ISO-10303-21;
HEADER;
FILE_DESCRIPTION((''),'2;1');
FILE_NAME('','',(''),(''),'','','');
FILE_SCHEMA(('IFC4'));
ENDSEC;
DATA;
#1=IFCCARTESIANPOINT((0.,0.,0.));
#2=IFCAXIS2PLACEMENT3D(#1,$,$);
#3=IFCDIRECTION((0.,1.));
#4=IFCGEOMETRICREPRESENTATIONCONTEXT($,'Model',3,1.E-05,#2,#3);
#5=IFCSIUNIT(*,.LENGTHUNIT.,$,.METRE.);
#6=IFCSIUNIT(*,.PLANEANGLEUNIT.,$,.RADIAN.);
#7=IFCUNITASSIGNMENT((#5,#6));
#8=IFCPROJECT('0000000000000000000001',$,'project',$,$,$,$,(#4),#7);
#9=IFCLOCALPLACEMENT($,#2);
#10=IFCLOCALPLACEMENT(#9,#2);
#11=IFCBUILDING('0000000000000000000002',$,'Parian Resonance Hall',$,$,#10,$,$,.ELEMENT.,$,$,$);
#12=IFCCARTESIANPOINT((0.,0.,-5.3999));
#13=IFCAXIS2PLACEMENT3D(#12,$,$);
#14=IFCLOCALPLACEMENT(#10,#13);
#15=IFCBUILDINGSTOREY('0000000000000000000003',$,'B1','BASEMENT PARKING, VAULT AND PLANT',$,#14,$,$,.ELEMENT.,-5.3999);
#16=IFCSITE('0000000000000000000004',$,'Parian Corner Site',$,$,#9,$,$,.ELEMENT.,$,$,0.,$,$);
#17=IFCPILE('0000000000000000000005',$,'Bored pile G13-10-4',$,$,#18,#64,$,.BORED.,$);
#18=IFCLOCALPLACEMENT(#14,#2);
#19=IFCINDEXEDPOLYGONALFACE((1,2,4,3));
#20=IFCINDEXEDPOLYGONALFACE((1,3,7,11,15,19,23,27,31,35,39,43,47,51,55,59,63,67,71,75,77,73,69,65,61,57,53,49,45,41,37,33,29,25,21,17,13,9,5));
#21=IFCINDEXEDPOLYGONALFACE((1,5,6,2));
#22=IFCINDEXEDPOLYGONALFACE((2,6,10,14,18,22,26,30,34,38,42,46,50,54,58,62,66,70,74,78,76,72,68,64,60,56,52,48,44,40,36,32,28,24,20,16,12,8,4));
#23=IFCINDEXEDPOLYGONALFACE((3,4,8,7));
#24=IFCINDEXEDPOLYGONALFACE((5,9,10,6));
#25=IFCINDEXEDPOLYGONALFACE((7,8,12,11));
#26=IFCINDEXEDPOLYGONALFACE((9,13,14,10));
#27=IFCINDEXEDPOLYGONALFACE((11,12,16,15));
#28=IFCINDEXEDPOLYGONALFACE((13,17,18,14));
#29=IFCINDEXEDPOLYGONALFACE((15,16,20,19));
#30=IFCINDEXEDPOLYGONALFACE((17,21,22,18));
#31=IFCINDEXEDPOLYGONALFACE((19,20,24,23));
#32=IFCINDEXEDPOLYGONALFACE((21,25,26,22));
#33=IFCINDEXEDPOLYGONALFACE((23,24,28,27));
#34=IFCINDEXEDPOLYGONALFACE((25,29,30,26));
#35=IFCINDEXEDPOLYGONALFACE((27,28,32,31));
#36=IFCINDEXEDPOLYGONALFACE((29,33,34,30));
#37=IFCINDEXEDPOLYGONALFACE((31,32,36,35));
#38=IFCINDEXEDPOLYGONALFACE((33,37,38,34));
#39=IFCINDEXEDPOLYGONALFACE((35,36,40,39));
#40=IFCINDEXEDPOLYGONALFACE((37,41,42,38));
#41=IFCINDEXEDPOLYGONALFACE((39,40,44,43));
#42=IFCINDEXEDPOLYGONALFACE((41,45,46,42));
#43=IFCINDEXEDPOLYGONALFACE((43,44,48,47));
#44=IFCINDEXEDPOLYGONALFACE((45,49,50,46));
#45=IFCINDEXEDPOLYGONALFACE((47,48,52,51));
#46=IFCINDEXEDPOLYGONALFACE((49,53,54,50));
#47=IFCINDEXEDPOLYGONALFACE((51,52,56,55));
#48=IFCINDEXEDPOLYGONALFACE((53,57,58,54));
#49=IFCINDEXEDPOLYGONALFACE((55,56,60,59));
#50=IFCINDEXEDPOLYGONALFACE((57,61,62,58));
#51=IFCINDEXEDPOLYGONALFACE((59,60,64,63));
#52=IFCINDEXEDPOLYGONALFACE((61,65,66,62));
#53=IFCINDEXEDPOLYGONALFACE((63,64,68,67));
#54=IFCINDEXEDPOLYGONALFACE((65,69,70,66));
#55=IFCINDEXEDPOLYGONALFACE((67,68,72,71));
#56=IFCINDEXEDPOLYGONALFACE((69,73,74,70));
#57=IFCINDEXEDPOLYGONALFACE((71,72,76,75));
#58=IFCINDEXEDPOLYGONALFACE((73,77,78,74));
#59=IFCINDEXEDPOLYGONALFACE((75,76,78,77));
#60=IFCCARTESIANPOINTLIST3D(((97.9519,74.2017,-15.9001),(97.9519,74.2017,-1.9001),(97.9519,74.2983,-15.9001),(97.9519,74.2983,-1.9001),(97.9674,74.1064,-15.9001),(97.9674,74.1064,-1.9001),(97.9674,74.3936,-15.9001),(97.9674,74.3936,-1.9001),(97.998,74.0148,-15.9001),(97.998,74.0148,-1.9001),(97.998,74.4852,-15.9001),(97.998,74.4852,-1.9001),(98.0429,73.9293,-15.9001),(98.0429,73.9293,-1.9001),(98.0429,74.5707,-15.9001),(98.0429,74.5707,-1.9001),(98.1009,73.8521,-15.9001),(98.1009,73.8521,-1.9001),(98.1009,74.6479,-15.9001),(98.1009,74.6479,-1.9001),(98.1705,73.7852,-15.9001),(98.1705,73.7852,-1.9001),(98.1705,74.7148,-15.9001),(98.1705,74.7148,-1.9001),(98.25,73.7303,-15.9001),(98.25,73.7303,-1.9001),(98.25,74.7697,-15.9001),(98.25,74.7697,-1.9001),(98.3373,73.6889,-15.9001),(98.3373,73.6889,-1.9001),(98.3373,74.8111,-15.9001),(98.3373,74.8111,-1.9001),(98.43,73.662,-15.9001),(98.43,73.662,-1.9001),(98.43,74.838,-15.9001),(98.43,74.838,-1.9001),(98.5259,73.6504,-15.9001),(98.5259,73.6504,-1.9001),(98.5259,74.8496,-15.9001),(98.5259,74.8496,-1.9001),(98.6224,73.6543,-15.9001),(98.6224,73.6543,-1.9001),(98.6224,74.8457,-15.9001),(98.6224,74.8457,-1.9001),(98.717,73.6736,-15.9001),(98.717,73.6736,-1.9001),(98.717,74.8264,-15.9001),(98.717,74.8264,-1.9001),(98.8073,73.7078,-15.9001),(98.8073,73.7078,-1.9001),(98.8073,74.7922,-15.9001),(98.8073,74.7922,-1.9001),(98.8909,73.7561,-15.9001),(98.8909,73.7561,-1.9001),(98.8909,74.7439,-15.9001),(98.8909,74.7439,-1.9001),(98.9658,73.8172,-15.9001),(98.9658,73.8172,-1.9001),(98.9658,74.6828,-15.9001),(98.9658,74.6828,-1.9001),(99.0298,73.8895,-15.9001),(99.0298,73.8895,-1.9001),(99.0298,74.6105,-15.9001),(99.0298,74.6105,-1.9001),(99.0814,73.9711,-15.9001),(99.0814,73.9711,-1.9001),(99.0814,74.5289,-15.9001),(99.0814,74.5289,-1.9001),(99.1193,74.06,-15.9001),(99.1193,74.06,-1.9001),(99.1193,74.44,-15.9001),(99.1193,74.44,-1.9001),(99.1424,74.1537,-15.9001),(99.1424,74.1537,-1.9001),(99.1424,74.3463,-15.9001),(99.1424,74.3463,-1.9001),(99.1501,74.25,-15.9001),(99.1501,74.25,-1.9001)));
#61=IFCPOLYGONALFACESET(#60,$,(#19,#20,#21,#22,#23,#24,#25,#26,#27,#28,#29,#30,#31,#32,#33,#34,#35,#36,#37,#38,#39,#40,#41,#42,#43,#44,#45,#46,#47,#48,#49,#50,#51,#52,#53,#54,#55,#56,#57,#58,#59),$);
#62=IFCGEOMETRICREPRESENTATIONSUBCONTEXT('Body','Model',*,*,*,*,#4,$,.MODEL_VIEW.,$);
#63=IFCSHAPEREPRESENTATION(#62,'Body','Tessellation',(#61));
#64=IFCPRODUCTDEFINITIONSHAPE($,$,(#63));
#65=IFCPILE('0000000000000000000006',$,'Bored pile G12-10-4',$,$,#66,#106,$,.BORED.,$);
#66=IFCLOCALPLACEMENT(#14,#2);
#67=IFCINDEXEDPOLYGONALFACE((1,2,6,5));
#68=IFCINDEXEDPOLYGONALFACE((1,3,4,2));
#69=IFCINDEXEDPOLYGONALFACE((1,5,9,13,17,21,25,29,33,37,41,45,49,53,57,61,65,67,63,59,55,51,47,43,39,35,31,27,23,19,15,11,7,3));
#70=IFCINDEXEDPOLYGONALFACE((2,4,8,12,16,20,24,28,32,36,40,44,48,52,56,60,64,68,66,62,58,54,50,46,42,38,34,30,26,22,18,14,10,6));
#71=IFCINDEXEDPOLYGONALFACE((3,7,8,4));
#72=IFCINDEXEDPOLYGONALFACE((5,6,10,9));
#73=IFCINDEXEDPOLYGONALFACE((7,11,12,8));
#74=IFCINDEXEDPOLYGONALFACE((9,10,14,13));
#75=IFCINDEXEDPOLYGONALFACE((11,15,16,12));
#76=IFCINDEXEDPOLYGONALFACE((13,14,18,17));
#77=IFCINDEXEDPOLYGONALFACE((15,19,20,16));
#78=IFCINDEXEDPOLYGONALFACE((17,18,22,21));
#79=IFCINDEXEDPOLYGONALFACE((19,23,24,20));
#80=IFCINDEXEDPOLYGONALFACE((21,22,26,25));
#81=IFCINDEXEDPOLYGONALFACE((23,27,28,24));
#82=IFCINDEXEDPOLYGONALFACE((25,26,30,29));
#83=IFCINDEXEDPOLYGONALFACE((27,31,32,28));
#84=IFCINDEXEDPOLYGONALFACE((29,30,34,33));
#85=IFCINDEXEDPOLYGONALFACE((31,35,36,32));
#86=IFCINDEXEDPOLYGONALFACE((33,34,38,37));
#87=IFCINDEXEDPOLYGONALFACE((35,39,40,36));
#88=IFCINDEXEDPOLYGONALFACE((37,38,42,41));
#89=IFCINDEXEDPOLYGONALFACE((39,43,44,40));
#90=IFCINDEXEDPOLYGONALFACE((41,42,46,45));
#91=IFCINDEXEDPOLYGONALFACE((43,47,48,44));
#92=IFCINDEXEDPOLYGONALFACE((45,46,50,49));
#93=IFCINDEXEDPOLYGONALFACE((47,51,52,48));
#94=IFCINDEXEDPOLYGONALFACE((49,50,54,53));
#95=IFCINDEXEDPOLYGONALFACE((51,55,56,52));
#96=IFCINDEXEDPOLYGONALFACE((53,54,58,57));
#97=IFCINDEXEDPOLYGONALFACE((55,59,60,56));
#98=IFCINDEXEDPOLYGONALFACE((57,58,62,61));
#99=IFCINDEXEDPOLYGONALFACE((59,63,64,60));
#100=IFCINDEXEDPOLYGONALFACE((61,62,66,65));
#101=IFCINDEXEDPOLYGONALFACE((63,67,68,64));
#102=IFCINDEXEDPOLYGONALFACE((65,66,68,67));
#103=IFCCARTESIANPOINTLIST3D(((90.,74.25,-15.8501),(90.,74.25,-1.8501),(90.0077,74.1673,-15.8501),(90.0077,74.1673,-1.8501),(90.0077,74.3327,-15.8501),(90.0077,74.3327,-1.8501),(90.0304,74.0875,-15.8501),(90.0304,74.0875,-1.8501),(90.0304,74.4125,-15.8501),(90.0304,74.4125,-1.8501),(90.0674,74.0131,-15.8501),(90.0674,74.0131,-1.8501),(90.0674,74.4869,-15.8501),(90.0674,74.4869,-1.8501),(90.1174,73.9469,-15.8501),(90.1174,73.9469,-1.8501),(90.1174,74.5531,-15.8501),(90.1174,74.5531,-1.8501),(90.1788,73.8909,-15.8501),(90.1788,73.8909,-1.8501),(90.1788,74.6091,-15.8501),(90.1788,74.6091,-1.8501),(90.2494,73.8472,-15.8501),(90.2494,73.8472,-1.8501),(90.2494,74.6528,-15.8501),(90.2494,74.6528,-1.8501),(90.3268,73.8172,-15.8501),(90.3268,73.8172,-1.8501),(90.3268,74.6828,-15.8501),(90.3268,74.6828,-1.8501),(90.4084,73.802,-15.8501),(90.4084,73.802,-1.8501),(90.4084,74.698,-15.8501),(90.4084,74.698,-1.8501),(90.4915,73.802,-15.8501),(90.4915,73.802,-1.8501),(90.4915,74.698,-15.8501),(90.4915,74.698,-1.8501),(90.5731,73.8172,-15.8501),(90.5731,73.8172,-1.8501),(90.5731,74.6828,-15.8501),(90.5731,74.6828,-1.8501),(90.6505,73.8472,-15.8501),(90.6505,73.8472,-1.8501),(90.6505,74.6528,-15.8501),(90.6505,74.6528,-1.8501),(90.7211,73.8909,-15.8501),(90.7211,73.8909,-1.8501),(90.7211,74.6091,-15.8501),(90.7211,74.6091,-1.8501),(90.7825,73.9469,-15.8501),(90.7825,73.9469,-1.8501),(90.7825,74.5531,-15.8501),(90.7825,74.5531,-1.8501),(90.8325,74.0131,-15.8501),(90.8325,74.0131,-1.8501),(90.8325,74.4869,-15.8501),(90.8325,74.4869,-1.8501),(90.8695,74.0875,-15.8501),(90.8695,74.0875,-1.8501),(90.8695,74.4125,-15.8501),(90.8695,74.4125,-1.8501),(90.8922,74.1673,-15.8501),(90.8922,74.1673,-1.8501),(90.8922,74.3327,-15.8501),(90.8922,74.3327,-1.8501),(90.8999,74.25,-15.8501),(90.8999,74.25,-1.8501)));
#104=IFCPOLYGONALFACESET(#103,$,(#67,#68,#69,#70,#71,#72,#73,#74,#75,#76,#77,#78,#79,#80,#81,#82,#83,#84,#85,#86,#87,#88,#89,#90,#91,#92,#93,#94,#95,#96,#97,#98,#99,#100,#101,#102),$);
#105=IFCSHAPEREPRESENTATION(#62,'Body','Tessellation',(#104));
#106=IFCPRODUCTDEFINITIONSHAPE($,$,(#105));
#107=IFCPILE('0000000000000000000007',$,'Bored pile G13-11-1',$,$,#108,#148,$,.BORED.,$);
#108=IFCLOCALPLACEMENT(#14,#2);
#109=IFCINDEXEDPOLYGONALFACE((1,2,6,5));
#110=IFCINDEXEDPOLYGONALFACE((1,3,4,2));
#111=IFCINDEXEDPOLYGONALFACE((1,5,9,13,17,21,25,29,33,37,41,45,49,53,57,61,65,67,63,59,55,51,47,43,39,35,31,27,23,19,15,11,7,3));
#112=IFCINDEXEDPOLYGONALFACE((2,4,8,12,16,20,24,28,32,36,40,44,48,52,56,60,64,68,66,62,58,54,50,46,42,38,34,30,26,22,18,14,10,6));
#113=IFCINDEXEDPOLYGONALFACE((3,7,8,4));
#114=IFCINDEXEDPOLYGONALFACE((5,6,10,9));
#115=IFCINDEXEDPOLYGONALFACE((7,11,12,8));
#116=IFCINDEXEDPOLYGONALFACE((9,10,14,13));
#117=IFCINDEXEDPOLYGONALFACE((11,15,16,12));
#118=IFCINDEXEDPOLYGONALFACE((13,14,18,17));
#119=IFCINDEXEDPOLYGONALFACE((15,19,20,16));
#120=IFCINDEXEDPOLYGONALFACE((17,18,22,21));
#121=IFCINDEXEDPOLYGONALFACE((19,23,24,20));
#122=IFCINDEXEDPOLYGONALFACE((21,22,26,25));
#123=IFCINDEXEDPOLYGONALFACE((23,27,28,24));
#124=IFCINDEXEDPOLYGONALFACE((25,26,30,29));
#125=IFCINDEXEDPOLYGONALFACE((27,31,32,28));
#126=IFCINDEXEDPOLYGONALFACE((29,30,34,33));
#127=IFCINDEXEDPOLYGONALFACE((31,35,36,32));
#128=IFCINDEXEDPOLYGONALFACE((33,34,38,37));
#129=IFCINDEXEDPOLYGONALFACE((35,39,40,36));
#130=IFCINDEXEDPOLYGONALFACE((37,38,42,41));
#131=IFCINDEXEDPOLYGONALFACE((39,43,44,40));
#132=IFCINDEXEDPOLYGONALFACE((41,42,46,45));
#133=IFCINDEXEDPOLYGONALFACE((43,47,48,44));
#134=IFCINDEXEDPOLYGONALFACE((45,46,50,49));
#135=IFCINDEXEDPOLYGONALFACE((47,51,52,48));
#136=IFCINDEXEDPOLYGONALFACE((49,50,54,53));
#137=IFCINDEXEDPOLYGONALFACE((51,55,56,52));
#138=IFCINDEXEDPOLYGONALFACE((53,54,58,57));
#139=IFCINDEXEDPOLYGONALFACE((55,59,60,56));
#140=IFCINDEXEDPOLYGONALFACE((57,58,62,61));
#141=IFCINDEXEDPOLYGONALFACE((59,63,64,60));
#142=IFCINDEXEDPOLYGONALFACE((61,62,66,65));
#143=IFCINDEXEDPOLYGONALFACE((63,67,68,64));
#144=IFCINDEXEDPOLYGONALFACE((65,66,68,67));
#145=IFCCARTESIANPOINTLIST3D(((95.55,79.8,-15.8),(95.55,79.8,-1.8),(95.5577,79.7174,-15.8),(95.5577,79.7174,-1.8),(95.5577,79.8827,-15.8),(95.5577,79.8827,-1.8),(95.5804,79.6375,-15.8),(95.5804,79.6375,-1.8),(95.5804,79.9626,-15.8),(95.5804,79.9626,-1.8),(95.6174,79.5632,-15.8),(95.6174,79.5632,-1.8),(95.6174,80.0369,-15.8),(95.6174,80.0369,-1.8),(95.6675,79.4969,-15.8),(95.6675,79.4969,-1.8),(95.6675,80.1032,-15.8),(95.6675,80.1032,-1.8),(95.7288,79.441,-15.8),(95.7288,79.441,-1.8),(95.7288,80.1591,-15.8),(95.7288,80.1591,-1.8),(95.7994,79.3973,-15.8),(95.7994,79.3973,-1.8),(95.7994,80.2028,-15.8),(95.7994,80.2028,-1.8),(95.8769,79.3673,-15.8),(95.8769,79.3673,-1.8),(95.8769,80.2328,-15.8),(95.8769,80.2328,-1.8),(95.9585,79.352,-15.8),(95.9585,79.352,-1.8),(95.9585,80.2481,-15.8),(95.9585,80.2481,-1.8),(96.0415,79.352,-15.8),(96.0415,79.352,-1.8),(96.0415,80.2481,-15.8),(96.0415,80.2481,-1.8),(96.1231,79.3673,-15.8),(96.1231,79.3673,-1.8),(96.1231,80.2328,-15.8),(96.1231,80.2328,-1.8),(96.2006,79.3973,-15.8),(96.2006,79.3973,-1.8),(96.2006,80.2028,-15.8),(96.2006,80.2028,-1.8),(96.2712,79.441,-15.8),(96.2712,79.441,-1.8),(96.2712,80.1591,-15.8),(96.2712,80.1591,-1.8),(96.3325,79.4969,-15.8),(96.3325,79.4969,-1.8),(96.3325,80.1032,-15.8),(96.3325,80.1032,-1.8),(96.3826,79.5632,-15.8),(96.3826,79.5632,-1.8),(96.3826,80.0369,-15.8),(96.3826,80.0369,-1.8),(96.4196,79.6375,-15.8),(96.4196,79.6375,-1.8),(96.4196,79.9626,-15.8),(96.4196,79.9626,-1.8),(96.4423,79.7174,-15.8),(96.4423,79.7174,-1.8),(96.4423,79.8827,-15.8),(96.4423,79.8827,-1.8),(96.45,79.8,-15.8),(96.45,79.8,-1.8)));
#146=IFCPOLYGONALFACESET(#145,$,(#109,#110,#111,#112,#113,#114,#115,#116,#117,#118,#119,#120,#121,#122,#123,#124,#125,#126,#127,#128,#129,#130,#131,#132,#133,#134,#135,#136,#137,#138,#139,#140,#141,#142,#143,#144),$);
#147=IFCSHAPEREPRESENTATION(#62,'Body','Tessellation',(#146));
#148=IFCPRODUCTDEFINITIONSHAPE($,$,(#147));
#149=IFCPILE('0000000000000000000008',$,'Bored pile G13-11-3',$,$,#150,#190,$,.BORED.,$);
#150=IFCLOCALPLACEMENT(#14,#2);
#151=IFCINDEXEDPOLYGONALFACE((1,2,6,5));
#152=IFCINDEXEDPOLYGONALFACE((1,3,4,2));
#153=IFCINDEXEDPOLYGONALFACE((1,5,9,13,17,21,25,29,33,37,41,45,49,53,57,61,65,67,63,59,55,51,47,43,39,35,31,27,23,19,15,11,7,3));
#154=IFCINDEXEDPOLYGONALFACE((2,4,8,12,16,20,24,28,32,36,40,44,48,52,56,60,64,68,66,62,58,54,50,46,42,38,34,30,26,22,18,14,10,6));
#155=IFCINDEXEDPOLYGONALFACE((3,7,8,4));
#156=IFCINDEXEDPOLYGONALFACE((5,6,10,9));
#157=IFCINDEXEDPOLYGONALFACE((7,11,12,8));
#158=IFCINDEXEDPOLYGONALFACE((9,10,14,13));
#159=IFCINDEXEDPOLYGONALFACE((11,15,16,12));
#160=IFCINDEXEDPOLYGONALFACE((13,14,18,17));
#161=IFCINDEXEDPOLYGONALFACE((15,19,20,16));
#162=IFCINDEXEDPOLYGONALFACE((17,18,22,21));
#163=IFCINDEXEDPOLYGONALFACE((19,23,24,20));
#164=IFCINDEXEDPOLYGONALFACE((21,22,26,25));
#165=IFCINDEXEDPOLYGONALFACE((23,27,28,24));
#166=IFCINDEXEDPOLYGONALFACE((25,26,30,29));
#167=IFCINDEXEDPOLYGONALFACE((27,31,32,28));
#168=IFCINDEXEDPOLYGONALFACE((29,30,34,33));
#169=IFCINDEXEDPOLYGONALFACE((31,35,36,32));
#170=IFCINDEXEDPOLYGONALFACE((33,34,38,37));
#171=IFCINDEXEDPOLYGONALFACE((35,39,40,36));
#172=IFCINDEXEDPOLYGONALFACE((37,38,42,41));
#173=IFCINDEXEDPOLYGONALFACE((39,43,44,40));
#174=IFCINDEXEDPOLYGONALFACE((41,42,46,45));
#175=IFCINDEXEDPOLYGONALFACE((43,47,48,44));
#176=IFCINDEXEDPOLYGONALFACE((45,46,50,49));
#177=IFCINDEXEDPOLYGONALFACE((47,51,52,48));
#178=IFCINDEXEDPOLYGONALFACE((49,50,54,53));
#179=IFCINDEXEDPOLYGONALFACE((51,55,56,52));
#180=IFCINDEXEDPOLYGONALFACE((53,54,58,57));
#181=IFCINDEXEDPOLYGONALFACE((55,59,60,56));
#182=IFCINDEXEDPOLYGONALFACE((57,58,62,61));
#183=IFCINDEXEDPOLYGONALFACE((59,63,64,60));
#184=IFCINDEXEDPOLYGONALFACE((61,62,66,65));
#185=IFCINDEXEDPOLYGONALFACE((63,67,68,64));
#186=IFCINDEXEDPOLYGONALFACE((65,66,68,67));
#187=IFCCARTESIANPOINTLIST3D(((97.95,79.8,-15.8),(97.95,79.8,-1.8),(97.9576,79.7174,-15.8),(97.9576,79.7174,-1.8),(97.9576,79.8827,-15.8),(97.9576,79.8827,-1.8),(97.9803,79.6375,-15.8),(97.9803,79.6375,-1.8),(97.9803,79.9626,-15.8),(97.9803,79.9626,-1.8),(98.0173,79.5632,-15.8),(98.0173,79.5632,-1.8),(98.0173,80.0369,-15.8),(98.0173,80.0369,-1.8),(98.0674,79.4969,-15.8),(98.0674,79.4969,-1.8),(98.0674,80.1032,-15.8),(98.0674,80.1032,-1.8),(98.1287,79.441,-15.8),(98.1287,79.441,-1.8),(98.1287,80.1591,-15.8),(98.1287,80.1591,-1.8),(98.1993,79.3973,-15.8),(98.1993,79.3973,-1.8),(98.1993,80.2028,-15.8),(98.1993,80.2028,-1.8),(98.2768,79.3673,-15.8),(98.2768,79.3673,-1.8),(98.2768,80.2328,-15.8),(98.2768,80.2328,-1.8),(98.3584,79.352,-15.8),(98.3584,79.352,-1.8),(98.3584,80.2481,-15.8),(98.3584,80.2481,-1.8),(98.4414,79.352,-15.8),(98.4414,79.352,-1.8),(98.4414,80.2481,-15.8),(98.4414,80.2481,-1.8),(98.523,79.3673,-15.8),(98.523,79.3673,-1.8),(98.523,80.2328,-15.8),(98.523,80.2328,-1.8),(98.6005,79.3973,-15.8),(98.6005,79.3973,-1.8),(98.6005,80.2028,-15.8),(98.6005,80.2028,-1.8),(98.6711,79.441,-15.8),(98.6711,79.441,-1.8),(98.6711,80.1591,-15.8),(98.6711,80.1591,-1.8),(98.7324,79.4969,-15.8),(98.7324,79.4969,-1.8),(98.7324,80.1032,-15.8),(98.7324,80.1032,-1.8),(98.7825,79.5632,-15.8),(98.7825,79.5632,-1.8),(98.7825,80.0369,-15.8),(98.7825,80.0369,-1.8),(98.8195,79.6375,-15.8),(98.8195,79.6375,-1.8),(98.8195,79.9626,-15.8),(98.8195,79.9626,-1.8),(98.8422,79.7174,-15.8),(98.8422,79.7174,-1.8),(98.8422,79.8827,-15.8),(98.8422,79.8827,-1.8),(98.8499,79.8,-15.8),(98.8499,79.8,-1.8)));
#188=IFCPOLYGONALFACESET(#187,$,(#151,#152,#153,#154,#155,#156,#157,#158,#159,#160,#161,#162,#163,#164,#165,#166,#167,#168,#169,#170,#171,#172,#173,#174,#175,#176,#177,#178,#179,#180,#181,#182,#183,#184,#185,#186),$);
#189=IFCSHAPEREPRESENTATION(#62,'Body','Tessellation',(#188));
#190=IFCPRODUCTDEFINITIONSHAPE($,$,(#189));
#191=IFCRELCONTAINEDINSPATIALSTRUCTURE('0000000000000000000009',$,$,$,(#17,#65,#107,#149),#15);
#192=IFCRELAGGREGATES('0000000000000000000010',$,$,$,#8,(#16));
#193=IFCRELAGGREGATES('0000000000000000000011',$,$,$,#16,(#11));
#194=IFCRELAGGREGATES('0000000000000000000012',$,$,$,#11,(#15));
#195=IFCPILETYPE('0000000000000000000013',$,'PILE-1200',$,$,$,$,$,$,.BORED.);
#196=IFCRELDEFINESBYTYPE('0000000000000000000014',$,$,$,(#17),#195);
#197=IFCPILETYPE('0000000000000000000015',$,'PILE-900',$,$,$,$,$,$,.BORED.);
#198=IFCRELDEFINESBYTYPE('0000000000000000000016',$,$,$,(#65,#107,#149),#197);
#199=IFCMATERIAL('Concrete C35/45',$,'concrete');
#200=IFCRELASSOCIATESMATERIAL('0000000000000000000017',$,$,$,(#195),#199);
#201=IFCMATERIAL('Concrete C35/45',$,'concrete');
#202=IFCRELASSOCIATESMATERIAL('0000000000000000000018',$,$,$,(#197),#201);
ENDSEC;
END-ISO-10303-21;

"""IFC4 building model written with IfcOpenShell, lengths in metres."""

from ifc_helpers import new_model, si_unit, direction, frame, origin, origin_2d, place, context, subcontext, project, spatial, circle, extrude, material, material_profile, profile_set, type_object, element, save


model = new_model("IFC4")

# Units and contexts
model_context = context("Model", 3, precision=1e-05, world=origin(), true_north=direction((0.0, 1.0)))
body_context = subcontext(model_context, "Body", "Model", "MODEL_VIEW")
ifc_project = project(units=[si_unit("LENGTHUNIT", "METRE"), si_unit("PLANEANGLEUNIT", "RADIAN")], contexts=[model_context])

# Site, building, storey
site_placement = place(None, origin())
site = spatial("IfcSite", under=ifc_project, at=site_placement, Name="Parian Corner Site", CompositionType="ELEMENT", RefElevation=0.0)
building_placement = place(site_placement, origin())
building = spatial("IfcBuilding", under=site, at=building_placement, Name="Parian Resonance Hall", CompositionType="ELEMENT")
storey_placement = place(building_placement, frame((0.0, 0.0, -5.3999)))
storey = spatial("IfcBuildingStorey", under=building, at=storey_placement, Name="B1", Description="BASEMENT PARKING, VAULT AND PLANT", CompositionType="ELEMENT", Elevation=-5.3999)

# Piles
ifc_material_1 = material(Name="Concrete C35/45", Category="concrete")
ifc_material_profile_1 = material_profile(ifc_material_1, circle(Radius=0.6001, at=origin_2d()), Name="PILE-D1200")
ifc_profile_set_1 = profile_set([ifc_material_profile_1], Name="Concrete C35/45")
pile_type_1 = type_object("IfcPileType", Name="PILE-1200", PredefinedType="BORED", material=ifc_profile_set_1)
for number, where, z_axis, x_axis, name in (
    (1, (98.55, 74.25, -1.9001), (0.0, 0.0, -1.0), (1.0, 0.0, 0.0), "Bored pile G13-10-4"),
):
    element("IfcPile", number, at=place(storey_placement, frame(where, z_axis=z_axis, x_axis=x_axis)), inside=storey, type_object=pile_type_1, Name=name, PredefinedType="BORED", context=body_context, shape_type="SweptSolid", body=[
        extrude(circle(Radius=0.6001, at=origin_2d()), origin(), (0.0, 0.0, 1.0), 14.0),
    ])
ifc_material_2 = material(Name="Concrete C35/45", Category="concrete")
ifc_material_profile_2 = material_profile(ifc_material_2, circle(Radius=0.45, at=origin_2d()), Name="PILE-D900")
ifc_profile_set_2 = profile_set([ifc_material_profile_2], Name="Concrete C35/45")
pile_type_2 = type_object("IfcPileType", Name="PILE-900", PredefinedType="BORED", material=ifc_profile_set_2)
for number, where, z_axis, x_axis, name in (
    (2, (90.45, 74.25, -1.8501), (0.0, 0.0, -1.0), (1.0, 0.0, 0.0), "Bored pile G12-10-4"),
    (3, (96.0, 79.8, -1.8), (0.0, 0.0, -1.0), (1.0, 0.0, 0.0), "Bored pile G13-11-1"),
    (4, (98.3999, 79.8, -1.8), (0.0, 0.0, -1.0), (1.0, 0.0, 0.0), "Bored pile G13-11-3"),
):
    element("IfcPile", number, at=place(storey_placement, frame(where, z_axis=z_axis, x_axis=x_axis)), inside=storey, type_object=pile_type_2, Name=name, PredefinedType="BORED", context=body_context, shape_type="SweptSolid", body=[
        extrude(circle(Radius=0.45, at=origin_2d()), origin(), (0.0, 0.0, 1.0), 14.0),
    ])

save(model, "model.ifc")
